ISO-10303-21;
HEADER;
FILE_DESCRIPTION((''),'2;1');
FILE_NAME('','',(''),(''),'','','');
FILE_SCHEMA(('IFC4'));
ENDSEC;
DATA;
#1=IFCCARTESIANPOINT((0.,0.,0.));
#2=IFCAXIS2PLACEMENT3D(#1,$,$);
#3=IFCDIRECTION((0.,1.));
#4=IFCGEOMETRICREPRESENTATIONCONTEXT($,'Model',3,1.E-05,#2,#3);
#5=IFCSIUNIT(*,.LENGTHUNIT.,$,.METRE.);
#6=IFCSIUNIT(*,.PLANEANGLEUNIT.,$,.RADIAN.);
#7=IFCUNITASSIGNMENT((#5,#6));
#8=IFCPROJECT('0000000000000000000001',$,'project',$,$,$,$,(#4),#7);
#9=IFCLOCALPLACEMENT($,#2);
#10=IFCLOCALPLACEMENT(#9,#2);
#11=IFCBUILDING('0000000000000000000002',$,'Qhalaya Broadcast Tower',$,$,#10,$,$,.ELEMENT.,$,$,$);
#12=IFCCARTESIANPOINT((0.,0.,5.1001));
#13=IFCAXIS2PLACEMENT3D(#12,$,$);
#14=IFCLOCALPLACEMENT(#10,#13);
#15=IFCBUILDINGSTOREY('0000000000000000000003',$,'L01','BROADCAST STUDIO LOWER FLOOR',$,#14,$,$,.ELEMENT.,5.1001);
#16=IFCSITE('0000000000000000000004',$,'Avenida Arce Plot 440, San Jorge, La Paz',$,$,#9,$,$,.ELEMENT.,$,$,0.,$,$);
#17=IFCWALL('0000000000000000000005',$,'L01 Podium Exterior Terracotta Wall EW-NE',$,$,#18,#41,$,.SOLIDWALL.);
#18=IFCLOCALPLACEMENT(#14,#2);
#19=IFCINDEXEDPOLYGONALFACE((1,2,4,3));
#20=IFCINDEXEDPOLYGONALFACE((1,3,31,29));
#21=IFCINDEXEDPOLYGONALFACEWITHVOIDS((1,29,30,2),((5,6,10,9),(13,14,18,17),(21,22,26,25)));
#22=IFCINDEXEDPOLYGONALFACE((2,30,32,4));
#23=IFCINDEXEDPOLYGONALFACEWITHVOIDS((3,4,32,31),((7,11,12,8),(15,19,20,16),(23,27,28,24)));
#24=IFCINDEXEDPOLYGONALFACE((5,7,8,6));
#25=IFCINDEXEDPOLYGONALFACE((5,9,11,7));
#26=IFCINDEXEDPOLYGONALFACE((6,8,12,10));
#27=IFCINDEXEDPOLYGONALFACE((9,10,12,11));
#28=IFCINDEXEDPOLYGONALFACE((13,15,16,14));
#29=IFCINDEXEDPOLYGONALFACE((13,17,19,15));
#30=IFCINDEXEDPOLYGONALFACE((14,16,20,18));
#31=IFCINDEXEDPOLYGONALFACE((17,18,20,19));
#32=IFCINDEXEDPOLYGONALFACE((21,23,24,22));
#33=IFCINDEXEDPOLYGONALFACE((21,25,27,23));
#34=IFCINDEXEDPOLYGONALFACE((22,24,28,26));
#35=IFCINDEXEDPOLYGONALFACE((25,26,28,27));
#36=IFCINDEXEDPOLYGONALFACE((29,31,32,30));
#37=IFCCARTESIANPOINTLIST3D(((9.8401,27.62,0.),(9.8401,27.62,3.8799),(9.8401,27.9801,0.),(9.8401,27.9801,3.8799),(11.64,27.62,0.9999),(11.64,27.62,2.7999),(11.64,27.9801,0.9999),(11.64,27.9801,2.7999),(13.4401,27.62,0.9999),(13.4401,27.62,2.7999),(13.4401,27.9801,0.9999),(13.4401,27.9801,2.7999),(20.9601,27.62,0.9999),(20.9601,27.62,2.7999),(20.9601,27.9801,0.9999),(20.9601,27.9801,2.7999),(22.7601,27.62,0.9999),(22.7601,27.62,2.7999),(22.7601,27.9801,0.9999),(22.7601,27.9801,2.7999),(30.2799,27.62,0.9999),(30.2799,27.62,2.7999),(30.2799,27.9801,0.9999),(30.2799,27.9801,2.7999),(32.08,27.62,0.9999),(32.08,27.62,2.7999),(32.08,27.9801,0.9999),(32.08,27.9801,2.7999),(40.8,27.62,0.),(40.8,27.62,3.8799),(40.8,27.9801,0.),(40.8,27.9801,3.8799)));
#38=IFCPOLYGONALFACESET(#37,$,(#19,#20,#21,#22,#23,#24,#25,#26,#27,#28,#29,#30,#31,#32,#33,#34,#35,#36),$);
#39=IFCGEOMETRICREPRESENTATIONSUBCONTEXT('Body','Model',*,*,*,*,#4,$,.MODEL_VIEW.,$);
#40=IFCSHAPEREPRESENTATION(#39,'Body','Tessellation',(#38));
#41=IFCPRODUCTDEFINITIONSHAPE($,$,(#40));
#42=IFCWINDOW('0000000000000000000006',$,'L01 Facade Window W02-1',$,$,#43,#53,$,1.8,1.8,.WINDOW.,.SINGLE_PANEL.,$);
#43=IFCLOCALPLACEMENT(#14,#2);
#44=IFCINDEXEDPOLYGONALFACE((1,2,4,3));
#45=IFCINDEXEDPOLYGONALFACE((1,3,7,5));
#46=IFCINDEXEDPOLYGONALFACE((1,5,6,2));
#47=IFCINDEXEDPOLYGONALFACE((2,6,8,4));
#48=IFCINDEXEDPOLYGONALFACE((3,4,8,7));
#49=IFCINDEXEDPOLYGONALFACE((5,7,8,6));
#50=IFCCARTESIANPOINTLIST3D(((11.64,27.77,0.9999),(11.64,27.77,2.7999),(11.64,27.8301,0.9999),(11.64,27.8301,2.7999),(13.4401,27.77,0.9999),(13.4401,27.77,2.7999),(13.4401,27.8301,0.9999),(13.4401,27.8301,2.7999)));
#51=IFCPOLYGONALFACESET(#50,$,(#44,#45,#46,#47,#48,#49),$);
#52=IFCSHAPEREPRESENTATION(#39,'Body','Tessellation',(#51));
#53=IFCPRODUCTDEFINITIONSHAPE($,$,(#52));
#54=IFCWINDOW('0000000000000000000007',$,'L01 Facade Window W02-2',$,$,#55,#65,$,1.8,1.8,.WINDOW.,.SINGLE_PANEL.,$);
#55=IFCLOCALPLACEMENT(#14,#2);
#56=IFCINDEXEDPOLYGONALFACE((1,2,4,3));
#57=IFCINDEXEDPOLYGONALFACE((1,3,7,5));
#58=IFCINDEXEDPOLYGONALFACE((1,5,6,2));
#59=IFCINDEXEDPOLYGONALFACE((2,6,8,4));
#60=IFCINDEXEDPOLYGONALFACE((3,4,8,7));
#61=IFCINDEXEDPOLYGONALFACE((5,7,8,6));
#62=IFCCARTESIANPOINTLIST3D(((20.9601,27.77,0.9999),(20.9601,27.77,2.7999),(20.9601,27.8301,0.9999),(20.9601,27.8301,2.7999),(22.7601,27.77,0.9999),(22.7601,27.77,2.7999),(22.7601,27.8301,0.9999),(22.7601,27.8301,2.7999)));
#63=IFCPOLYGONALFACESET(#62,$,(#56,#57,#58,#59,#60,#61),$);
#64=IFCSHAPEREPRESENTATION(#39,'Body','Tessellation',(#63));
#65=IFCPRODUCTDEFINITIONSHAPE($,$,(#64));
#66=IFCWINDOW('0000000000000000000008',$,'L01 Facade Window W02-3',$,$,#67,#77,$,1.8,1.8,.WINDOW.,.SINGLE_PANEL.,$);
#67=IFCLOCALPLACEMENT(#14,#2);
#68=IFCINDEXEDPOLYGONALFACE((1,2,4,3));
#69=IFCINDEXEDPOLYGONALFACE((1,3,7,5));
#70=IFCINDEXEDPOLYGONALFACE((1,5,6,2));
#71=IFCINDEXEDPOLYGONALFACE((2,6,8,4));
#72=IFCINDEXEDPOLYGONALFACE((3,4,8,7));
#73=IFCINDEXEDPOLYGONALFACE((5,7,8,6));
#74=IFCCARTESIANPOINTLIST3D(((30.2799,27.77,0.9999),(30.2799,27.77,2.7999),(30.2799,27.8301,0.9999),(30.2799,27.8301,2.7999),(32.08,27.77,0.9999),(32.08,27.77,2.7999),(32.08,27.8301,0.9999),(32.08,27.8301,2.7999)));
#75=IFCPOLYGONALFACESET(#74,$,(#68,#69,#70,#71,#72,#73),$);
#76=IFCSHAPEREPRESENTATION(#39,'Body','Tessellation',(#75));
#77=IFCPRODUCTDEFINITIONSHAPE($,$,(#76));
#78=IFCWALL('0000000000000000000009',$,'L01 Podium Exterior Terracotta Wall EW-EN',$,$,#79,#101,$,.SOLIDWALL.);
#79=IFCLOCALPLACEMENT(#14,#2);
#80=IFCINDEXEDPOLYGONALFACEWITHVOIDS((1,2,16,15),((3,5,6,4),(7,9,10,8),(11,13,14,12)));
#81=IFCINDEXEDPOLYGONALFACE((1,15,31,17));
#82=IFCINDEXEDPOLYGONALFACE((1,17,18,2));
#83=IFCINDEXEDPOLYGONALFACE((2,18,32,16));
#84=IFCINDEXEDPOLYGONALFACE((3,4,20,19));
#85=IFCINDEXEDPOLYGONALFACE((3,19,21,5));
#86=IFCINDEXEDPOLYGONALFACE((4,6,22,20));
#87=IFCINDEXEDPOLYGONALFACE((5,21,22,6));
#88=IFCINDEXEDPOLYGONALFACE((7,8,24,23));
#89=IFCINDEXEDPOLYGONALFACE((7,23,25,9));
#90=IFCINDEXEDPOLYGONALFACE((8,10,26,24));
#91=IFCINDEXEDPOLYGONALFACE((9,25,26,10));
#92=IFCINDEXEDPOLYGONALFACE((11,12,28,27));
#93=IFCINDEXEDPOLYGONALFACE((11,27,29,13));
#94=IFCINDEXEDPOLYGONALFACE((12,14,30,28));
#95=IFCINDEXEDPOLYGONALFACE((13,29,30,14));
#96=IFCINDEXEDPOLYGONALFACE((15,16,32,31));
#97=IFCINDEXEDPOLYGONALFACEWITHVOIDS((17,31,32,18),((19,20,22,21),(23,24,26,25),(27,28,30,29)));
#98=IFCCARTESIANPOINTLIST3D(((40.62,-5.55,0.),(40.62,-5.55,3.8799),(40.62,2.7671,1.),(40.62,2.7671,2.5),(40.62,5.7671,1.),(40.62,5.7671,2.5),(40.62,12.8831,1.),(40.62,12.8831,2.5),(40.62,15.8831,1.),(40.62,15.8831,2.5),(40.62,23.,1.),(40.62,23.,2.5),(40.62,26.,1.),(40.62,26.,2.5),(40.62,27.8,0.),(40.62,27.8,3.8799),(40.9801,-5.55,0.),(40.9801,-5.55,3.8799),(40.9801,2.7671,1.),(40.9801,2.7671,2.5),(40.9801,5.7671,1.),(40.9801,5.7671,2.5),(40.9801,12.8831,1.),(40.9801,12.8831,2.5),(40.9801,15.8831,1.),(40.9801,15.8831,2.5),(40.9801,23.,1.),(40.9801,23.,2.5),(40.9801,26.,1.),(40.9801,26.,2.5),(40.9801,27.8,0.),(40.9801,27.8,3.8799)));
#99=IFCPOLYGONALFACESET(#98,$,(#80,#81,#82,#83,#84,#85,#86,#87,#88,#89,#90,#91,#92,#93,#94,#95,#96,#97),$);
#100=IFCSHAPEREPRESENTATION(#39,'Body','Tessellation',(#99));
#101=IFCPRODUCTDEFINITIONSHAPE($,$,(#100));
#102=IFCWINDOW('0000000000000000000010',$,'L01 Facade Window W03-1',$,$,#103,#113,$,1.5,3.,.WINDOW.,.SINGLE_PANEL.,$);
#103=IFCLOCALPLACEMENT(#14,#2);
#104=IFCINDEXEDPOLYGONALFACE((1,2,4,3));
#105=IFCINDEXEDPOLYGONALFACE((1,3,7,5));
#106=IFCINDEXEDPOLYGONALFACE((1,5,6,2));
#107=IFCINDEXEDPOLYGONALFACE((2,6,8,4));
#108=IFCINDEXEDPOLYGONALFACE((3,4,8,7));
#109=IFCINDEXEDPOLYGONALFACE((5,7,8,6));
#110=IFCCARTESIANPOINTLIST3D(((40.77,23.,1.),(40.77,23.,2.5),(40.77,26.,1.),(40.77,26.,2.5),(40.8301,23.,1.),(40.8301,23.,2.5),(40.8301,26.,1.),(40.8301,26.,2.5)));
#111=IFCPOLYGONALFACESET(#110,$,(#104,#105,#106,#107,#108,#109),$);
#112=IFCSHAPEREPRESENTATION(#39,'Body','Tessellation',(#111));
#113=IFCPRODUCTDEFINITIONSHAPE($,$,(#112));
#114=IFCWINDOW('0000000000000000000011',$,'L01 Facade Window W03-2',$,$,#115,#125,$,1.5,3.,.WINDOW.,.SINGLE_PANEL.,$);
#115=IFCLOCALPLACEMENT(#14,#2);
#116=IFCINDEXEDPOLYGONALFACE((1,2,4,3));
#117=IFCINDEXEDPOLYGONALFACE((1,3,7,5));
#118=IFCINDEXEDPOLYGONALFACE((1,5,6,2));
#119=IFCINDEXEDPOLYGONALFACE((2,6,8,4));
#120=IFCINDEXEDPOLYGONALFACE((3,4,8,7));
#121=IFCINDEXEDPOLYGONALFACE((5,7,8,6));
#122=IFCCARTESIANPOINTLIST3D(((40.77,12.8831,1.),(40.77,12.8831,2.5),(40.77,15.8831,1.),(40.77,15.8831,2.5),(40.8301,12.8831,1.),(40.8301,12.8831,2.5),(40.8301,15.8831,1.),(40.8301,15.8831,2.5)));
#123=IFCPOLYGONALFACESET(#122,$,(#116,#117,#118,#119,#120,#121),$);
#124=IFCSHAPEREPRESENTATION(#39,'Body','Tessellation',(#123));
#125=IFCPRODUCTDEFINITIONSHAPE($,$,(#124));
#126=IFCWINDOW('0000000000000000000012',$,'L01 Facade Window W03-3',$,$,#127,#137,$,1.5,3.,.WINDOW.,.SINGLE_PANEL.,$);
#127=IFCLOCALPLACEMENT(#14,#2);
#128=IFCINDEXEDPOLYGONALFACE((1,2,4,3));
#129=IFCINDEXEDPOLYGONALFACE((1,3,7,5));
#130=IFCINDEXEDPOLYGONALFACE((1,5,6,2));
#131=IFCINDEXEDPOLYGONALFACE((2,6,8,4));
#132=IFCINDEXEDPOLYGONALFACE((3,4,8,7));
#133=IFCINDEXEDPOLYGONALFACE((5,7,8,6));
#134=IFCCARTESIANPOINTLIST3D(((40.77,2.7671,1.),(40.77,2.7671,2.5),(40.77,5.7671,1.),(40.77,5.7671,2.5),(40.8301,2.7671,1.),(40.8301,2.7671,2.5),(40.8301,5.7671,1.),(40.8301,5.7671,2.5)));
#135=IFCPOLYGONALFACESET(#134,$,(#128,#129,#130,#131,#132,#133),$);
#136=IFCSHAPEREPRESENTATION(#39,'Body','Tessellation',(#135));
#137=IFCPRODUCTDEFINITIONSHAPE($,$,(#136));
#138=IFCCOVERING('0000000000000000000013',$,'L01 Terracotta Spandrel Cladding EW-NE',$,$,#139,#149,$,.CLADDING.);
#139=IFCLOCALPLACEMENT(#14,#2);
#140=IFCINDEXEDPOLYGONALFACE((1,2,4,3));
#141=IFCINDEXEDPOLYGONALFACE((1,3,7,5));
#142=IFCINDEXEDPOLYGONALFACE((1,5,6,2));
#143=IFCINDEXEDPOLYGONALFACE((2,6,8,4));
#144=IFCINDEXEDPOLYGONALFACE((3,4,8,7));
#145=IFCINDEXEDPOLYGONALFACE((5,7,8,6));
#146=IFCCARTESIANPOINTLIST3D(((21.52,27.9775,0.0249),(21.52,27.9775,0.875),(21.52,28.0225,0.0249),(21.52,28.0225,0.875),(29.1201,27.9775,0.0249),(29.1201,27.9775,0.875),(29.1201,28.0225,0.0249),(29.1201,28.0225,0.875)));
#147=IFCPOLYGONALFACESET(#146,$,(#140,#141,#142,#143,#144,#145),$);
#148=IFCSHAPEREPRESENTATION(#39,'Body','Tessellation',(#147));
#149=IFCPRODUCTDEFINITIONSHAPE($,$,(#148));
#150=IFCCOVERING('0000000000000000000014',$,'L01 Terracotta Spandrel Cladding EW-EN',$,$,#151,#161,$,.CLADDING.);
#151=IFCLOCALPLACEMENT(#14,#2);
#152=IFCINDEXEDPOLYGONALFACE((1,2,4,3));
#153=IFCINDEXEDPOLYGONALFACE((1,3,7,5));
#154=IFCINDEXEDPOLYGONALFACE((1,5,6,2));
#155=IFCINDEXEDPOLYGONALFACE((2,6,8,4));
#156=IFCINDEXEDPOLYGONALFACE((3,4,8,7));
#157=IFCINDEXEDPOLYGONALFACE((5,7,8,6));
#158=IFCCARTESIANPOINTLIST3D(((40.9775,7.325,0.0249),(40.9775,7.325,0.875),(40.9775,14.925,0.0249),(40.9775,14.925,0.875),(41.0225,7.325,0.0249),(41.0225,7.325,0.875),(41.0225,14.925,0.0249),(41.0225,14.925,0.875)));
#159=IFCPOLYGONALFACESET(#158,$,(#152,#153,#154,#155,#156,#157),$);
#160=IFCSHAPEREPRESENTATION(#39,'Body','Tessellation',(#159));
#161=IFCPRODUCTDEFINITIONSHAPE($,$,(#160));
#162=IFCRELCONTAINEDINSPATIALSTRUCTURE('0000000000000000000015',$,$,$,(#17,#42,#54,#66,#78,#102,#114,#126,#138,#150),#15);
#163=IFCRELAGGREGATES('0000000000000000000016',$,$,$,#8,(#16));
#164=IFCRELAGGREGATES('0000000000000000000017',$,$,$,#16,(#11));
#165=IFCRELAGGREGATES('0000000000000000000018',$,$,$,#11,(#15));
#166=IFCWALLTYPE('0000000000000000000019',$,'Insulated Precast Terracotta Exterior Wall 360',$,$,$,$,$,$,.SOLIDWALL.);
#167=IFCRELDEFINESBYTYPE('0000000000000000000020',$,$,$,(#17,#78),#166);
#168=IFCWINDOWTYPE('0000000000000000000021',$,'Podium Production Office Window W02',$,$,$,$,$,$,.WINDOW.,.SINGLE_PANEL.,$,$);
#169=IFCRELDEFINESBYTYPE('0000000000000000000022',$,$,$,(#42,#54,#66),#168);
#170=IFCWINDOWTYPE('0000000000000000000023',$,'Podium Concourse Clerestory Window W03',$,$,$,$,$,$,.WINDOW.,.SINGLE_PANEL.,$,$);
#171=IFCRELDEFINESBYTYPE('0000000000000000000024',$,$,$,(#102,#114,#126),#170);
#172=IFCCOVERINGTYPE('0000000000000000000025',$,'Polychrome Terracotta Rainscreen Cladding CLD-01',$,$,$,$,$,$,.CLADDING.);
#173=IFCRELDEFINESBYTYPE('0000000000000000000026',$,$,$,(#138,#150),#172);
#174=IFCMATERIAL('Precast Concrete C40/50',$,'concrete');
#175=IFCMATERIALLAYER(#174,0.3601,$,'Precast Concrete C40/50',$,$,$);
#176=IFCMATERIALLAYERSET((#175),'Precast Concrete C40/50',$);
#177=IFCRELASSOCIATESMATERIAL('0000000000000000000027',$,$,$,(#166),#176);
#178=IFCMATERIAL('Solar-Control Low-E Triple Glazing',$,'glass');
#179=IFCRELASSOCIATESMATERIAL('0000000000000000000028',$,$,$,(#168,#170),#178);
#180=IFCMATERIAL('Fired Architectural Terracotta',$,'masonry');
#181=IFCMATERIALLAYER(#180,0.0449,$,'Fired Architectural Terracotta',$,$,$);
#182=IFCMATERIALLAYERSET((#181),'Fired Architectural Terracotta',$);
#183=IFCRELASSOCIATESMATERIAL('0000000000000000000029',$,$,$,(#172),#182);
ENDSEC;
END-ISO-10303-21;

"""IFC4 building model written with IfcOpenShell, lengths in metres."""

from ifc_helpers import new_model, si_unit, direction, frame, frame_2d, origin, origin_2d, place, context, subcontext, project, spatial, rectangle, extrude, material, layer, layer_set, type_object, element, fill, save


model = new_model("IFC4")

# Units and contexts
model_context = context("Model", 3, precision=1e-05, world=origin(), true_north=direction((0.0, 1.0)))
body_context = subcontext(model_context, "Body", "Model", "MODEL_VIEW")
ifc_project = project(units=[si_unit("LENGTHUNIT", "METRE"), si_unit("PLANEANGLEUNIT", "RADIAN")], contexts=[model_context])

# Site, building, storey
site_placement = place(None, origin())
site = spatial("IfcSite", under=ifc_project, at=site_placement, Name="Avenida Arce Plot 440, San Jorge, La Paz", CompositionType="ELEMENT", RefElevation=0.0)
building_placement = place(site_placement, origin())
building = spatial("IfcBuilding", under=site, at=building_placement, Name="Qhalaya Broadcast Tower", CompositionType="ELEMENT")
storey_placement = place(building_placement, frame((0.0, 0.0, 5.1001)))
storey = spatial("IfcBuildingStorey", under=building, at=storey_placement, Name="L01", Description="BROADCAST STUDIO LOWER FLOOR", CompositionType="ELEMENT", Elevation=5.1001)

# Walls, openings, windows
ifc_material_1 = material(Name="Precast Concrete C40/50", Category="concrete")
ifc_layer_1 = layer(ifc_material_1, 0.3601, Name="Precast Concrete C40/50")
ifc_layer_set_1 = layer_set([ifc_layer_1], Name="Precast Concrete C40/50")
wall_type_1 = type_object("IfcWallType", Name="Insulated Precast Terracotta Exterior Wall 360", PredefinedType="SOLIDWALL", material=ifc_layer_set_1)
wall_1_placement = place(storey_placement, frame((9.8401, 27.8, 0.0), z_axis=(0.0, 0.0, 1.0), x_axis=(1.0, 0.0, 0.0)))
wall_1 = element("IfcWall", 1, at=wall_1_placement, inside=storey, type_object=wall_type_1, Name="L01 Podium Exterior Terracotta Wall EW-NE", PredefinedType="SOLIDWALL", context=body_context, shape_type="SweptSolid", body=[
    extrude(rectangle(XDim=30.96, YDim=0.3601, at=frame_2d((15.48, 0.0))), origin(), (0.0, 0.0, 1.0), 3.8799),
])
opening_1_placement = place(wall_1_placement, frame((1.8, 0.0, 1.0)))
opening_1 = element("IfcOpeningElement", 2, at=opening_1_placement, cuts=wall_1, PredefinedType="OPENING", context=body_context, shape_type="SweptSolid", body=[
    extrude(rectangle(XDim=1.8, YDim=1.8, at=frame_2d((0.8999, 0.8999))), frame((0.0, 0.1921, 0.0), z_axis=(0.0, -1.0, 0.0), x_axis=(1.0, 0.0, 0.0)), (0.0, 0.0, 1.0), 0.384),
])
opening_2_placement = place(wall_1_placement, frame((11.1201, 0.0, 1.0)))
opening_2 = element("IfcOpeningElement", 3, at=opening_2_placement, cuts=wall_1, PredefinedType="OPENING", context=body_context, shape_type="SweptSolid", body=[
    extrude(rectangle(XDim=1.8, YDim=1.8, at=frame_2d((0.8999, 0.8999))), frame((0.0, 0.1921, 0.0), z_axis=(0.0, -1.0, 0.0), x_axis=(1.0, 0.0, 0.0)), (0.0, 0.0, 1.0), 0.384),
])
opening_3_placement = place(wall_1_placement, frame((20.4399, 0.0, 1.0)))
opening_3 = element("IfcOpeningElement", 4, at=opening_3_placement, cuts=wall_1, PredefinedType="OPENING", context=body_context, shape_type="SweptSolid", body=[
    extrude(rectangle(XDim=1.8, YDim=1.8, at=frame_2d((0.8999, 0.8999))), frame((0.0, 0.1921, 0.0), z_axis=(0.0, -1.0, 0.0), x_axis=(1.0, 0.0, 0.0)), (0.0, 0.0, 1.0), 0.384),
])
ifc_material_2 = material(Name="Solar-Control Low-E Triple Glazing", Category="glass")
window_type_1 = type_object("IfcWindowType", Name="Podium Production Office Window W02", PartitioningType="SINGLE_PANEL", PredefinedType="WINDOW", material=ifc_material_2)
window_1_placement = place(opening_1_placement, origin())
window_1 = element("IfcWindow", 5, at=window_1_placement, inside=storey, type_object=window_type_1, Name="L01 Facade Window W02-1", OverallHeight=1.8, OverallWidth=1.8, PartitioningType="SINGLE_PANEL", PredefinedType="WINDOW", context=body_context, shape_type="SweptSolid", body=[
    extrude(rectangle(XDim=1.8, YDim=1.8, at=frame_2d((0.8999, 0.8999))), frame((0.0, 0.03, 0.0), z_axis=(0.0, -1.0, 0.0), x_axis=(1.0, 0.0, 0.0)), (0.0, 0.0, 1.0), 0.0601),
])
fill(opening_1, window_1)
window_2_placement = place(opening_2_placement, origin())
window_2 = element("IfcWindow", 6, at=window_2_placement, inside=storey, type_object=window_type_1, Name="L01 Facade Window W02-2", OverallHeight=1.8, OverallWidth=1.8, PartitioningType="SINGLE_PANEL", PredefinedType="WINDOW", context=body_context, shape_type="SweptSolid", body=[
    extrude(rectangle(XDim=1.8, YDim=1.8, at=frame_2d((0.8999, 0.8999))), frame((0.0, 0.03, 0.0), z_axis=(0.0, -1.0, 0.0), x_axis=(1.0, 0.0, 0.0)), (0.0, 0.0, 1.0), 0.0601),
])
fill(opening_2, window_2)
window_3_placement = place(opening_3_placement, origin())
window_3 = element("IfcWindow", 7, at=window_3_placement, inside=storey, type_object=window_type_1, Name="L01 Facade Window W02-3", OverallHeight=1.8, OverallWidth=1.8, PartitioningType="SINGLE_PANEL", PredefinedType="WINDOW", context=body_context, shape_type="SweptSolid", body=[
    extrude(rectangle(XDim=1.8, YDim=1.8, at=frame_2d((0.8999, 0.8999))), frame((0.0, 0.03, 0.0), z_axis=(0.0, -1.0, 0.0), x_axis=(1.0, 0.0, 0.0)), (0.0, 0.0, 1.0), 0.0601),
])
fill(opening_3, window_3)
wall_2_placement = place(storey_placement, frame((40.8, 27.8, 0.0), z_axis=(0.0, 0.0, 1.0), x_axis=(0.0, -1.0, 0.0)))
wall_2 = element("IfcWall", 8, at=wall_2_placement, inside=storey, type_object=wall_type_1, Name="L01 Podium Exterior Terracotta Wall EW-EN", PredefinedType="SOLIDWALL", context=body_context, shape_type="SweptSolid", body=[
    extrude(rectangle(XDim=33.3501, YDim=0.3601, at=frame_2d((16.675, 0.0))), origin(), (0.0, 0.0, 1.0), 3.8799),
])
opening_4_placement = place(wall_2_placement, frame((1.8, 0.0, 1.0)))
opening_4 = element("IfcOpeningElement", 9, at=opening_4_placement, cuts=wall_2, PredefinedType="OPENING", context=body_context, shape_type="SweptSolid", body=[
    extrude(rectangle(XDim=3.0, YDim=1.5, at=frame_2d((1.5, 0.75))), frame((0.0, 0.1921, 0.0), z_axis=(0.0, -1.0, 0.0), x_axis=(1.0, 0.0, 0.0)), (0.0, 0.0, 1.0), 0.384),
])
opening_5_placement = place(wall_2_placement, frame((11.917, 0.0, 1.0)))
opening_5 = element("IfcOpeningElement", 10, at=opening_5_placement, cuts=wall_2, PredefinedType="OPENING", context=body_context, shape_type="SweptSolid", body=[
    extrude(rectangle(XDim=3.0, YDim=1.5, at=frame_2d((1.5, 0.75))), frame((0.0, 0.1921, 0.0), z_axis=(0.0, -1.0, 0.0), x_axis=(1.0, 0.0, 0.0)), (0.0, 0.0, 1.0), 0.384),
])
opening_6_placement = place(wall_2_placement, frame((22.033, 0.0, 1.0)))
opening_6 = element("IfcOpeningElement", 11, at=opening_6_placement, cuts=wall_2, PredefinedType="OPENING", context=body_context, shape_type="SweptSolid", body=[
    extrude(rectangle(XDim=3.0, YDim=1.5, at=frame_2d((1.5, 0.75))), frame((0.0, 0.1921, 0.0), z_axis=(0.0, -1.0, 0.0), x_axis=(1.0, 0.0, 0.0)), (0.0, 0.0, 1.0), 0.384),
])
window_type_2 = type_object("IfcWindowType", Name="Podium Concourse Clerestory Window W03", PartitioningType="SINGLE_PANEL", PredefinedType="WINDOW", material=ifc_material_2)
window_4_placement = place(opening_4_placement, origin())
window_4 = element("IfcWindow", 12, at=window_4_placement, inside=storey, type_object=window_type_2, Name="L01 Facade Window W03-1", OverallHeight=1.5, OverallWidth=3.0, PartitioningType="SINGLE_PANEL", PredefinedType="WINDOW", context=body_context, shape_type="SweptSolid", body=[
    extrude(rectangle(XDim=3.0, YDim=1.5, at=frame_2d((1.5, 0.75))), frame((0.0, 0.03, 0.0), z_axis=(0.0, -1.0, 0.0), x_axis=(1.0, 0.0, 0.0)), (0.0, 0.0, 1.0), 0.0601),
])
fill(opening_4, window_4)
window_5_placement = place(opening_5_placement, origin())
window_5 = element("IfcWindow", 13, at=window_5_placement, inside=storey, type_object=window_type_2, Name="L01 Facade Window W03-2", OverallHeight=1.5, OverallWidth=3.0, PartitioningType="SINGLE_PANEL", PredefinedType="WINDOW", context=body_context, shape_type="SweptSolid", body=[
    extrude(rectangle(XDim=3.0, YDim=1.5, at=frame_2d((1.5, 0.75))), frame((0.0, 0.03, 0.0), z_axis=(0.0, -1.0, 0.0), x_axis=(1.0, 0.0, 0.0)), (0.0, 0.0, 1.0), 0.0601),
])
fill(opening_5, window_5)
window_6_placement = place(opening_6_placement, origin())
window_6 = element("IfcWindow", 14, at=window_6_placement, inside=storey, type_object=window_type_2, Name="L01 Facade Window W03-3", OverallHeight=1.5, OverallWidth=3.0, PartitioningType="SINGLE_PANEL", PredefinedType="WINDOW", context=body_context, shape_type="SweptSolid", body=[
    extrude(rectangle(XDim=3.0, YDim=1.5, at=frame_2d((1.5, 0.75))), frame((0.0, 0.03, 0.0), z_axis=(0.0, -1.0, 0.0), x_axis=(1.0, 0.0, 0.0)), (0.0, 0.0, 1.0), 0.0601),
])
fill(opening_6, window_6)

# Coverings
ifc_material_3 = material(Name="Fired Architectural Terracotta", Category="masonry")
ifc_layer_2 = layer(ifc_material_3, 0.0449, Name="Fired Architectural Terracotta")
ifc_layer_set_2 = layer_set([ifc_layer_2], Name="Fired Architectural Terracotta")
covering_type = type_object("IfcCoveringType", Name="Polychrome Terracotta Rainscreen Cladding CLD-01", PredefinedType="CLADDING", material=ifc_layer_set_2)
for number, where, z_axis, x_axis, name in (
    (15, (25.3201, 28.0, 0.0249), (0.0, 0.0, 1.0), (1.0, 0.0, 0.0), "L01 Terracotta Spandrel Cladding EW-NE"),
    (16, (41.0, 11.125, 0.0249), (0.0, 0.0, 1.0), (0.0, -1.0, 0.0), "L01 Terracotta Spandrel Cladding EW-EN"),
):
    element("IfcCovering", number, at=place(storey_placement, frame(where, z_axis=z_axis, x_axis=x_axis)), inside=storey, type_object=covering_type, Name=name, PredefinedType="CLADDING", context=body_context, shape_type="SweptSolid", body=[
        extrude(rectangle(XDim=7.6001, YDim=0.0449, at=origin_2d()), origin(), (0.0, 0.0, 1.0), 0.8501),
    ])

save(model, "model.ifc")
